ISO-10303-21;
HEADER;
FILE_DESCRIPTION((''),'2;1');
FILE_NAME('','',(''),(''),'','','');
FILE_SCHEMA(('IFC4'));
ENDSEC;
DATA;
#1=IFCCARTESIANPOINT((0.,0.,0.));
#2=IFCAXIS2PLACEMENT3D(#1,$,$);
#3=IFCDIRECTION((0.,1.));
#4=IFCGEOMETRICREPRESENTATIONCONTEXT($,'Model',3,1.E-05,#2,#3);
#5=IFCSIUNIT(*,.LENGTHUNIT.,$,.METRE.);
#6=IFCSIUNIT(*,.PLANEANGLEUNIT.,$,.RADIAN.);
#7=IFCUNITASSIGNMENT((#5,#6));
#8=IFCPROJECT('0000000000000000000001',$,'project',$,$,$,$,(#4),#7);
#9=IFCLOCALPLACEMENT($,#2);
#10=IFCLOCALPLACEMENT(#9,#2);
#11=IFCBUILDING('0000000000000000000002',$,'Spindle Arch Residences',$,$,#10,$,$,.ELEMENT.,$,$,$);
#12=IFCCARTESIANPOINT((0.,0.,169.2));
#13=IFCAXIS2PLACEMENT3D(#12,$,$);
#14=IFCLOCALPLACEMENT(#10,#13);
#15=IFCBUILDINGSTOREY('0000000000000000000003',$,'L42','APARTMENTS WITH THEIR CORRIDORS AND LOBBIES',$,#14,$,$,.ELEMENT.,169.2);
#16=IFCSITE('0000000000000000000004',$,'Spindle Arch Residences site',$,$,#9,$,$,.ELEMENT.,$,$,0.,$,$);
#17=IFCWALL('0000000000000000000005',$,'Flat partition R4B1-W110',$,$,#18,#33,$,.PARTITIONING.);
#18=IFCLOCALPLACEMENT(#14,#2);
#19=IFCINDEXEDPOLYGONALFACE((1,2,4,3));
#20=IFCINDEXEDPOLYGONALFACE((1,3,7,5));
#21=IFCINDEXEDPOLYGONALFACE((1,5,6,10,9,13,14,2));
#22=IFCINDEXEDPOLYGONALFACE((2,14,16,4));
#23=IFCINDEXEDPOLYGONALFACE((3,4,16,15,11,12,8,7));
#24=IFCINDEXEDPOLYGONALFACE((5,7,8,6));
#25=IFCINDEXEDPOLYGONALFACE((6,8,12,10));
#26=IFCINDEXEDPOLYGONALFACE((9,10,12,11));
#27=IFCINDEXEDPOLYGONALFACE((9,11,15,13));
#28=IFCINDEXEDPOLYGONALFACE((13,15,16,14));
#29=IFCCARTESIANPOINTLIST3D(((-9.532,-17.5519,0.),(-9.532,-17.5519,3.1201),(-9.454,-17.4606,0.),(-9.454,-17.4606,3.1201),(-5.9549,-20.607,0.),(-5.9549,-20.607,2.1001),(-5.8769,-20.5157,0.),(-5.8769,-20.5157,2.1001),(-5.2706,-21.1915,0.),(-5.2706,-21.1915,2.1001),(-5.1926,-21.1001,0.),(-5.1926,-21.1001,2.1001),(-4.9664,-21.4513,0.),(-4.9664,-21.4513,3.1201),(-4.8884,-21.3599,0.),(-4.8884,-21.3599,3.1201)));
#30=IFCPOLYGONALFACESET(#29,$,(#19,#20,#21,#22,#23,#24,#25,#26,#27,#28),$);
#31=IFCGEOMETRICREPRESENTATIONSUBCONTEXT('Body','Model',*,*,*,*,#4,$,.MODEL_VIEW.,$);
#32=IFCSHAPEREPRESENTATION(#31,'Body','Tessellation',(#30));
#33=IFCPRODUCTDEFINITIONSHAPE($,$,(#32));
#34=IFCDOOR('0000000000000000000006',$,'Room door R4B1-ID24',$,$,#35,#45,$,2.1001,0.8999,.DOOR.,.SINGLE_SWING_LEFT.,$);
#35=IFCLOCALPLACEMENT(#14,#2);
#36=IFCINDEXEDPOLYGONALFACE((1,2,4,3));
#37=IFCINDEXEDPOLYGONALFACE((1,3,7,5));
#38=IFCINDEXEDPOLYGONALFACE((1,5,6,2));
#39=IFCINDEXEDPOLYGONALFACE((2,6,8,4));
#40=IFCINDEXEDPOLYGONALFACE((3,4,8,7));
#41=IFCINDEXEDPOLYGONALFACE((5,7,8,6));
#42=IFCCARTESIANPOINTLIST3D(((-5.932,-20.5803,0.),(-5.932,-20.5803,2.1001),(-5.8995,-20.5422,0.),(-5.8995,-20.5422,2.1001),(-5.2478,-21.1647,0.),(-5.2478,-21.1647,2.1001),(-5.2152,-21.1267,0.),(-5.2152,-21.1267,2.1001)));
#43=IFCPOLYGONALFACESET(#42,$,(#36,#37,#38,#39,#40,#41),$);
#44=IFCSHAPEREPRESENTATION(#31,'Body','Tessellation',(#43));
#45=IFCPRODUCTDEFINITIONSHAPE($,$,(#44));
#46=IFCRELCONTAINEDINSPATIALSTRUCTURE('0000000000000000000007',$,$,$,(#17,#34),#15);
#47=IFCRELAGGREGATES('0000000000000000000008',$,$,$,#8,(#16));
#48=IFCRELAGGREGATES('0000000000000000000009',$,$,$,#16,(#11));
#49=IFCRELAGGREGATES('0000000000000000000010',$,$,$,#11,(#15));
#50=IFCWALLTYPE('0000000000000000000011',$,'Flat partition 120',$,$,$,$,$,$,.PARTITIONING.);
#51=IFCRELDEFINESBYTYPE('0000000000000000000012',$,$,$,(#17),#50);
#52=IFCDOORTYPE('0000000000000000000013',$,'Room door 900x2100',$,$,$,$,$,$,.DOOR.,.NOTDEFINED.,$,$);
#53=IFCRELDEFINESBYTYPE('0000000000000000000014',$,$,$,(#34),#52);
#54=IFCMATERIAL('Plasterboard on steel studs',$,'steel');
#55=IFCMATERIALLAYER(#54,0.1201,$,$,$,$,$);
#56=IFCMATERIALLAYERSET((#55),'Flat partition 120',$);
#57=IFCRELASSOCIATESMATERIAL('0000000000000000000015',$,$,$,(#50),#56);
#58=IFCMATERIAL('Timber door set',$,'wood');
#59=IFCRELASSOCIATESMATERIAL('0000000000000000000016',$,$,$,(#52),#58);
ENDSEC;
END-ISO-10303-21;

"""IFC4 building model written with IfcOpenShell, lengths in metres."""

from ifc_helpers import new_model, si_unit, direction, frame, frame_2d, origin, place, context, subcontext, project, spatial, rectangle, extrude, material, layer, layer_set, type_object, element, fill, save


model = new_model("IFC4")

# Units and contexts
model_context = context("Model", 3, precision=1e-05, world=origin(), true_north=direction((0.0, 1.0)))
body_context = subcontext(model_context, "Body", "Model", "MODEL_VIEW")
ifc_project = project(units=[si_unit("LENGTHUNIT", "METRE"), si_unit("PLANEANGLEUNIT", "RADIAN")], contexts=[model_context])

# Site, building, storey
site_placement = place(None, origin())
site = spatial("IfcSite", under=ifc_project, at=site_placement, Name="Spindle Arch Residences site", CompositionType="ELEMENT", RefElevation=0.0)
building_placement = place(site_placement, origin())
building = spatial("IfcBuilding", under=site, at=building_placement, Name="Spindle Arch Residences", CompositionType="ELEMENT")
storey_placement = place(building_placement, frame((0.0, 0.0, 169.2)))
storey = spatial("IfcBuildingStorey", under=building, at=storey_placement, Name="L42", Description="APARTMENTS WITH THEIR CORRIDORS AND LOBBIES", CompositionType="ELEMENT", Elevation=169.2)

# Shared definitions
ifc_material_1 = material(Name="Plasterboard on steel studs", Category="steel")
ifc_layer_1 = layer(ifc_material_1, 0.1201)
ifc_layer_set_1 = layer_set([ifc_layer_1], Name="Flat partition 120")
wall_type = type_object("IfcWallType", Name="Flat partition 120", PredefinedType="PARTITIONING", material=ifc_layer_set_1)
ifc_material_2 = material(Name="Timber door set", Category="wood")
door_type_1 = type_object("IfcDoorType", Name="Room door 900x2100", OperationType="NOTDEFINED", PredefinedType="DOOR", material=ifc_material_2)

# Wall, opening, door
wall_1_placement = place(storey_placement, frame((-4.9275, -21.4055, 0.0), z_axis=(0.0, 0.0, 1.0), x_axis=(-0.760409, 0.649444, 0.0)))
wall_1 = element("IfcWall", 1, at=wall_1_placement, inside=storey, type_object=wall_type, Name="Flat partition R4B1-W110", PredefinedType="PARTITIONING", context=body_context, shape_type="SweptSolid", body=[
    extrude(rectangle(XDim=6.0042, YDim=0.1201, at=frame_2d((3.002, 0.0))), origin(), (0.0, 0.0, 1.0), 3.1201),
])
opening_1_placement = place(wall_1_placement, frame((0.3999, 0.0, 0.0)))
opening_1 = element("IfcOpeningElement", 2, at=opening_1_placement, cuts=wall_1, PredefinedType="OPENING", context=body_context, shape_type="SweptSolid", body=[
    extrude(rectangle(XDim=0.8999, YDim=2.1001, at=frame_2d((0.45, 1.05))), frame((0.0, 0.0701, 0.0), z_axis=(0.0, -1.0, 0.0), x_axis=(1.0, 0.0, 0.0)), (0.0, 0.0, 1.0), 0.1401),
])
door_1_placement = place(opening_1_placement, origin())
door_1 = element("IfcDoor", 3, at=door_1_placement, inside=storey, type_object=door_type_1, Name="Room door R4B1-ID24", OperationType="SINGLE_SWING_LEFT", OverallHeight=2.1001, OverallWidth=0.8999, PredefinedType="DOOR", context=body_context, shape_type="SweptSolid", body=[
    extrude(rectangle(XDim=0.8999, YDim=2.1001, at=frame_2d((0.45, 1.05))), frame((0.0, 0.0249, 0.0), z_axis=(0.0, -1.0, 0.0), x_axis=(1.0, 0.0, 0.0)), (0.0, 0.0, 1.0), 0.05),
])
fill(opening_1, door_1)

save(model, "model.ifc")
